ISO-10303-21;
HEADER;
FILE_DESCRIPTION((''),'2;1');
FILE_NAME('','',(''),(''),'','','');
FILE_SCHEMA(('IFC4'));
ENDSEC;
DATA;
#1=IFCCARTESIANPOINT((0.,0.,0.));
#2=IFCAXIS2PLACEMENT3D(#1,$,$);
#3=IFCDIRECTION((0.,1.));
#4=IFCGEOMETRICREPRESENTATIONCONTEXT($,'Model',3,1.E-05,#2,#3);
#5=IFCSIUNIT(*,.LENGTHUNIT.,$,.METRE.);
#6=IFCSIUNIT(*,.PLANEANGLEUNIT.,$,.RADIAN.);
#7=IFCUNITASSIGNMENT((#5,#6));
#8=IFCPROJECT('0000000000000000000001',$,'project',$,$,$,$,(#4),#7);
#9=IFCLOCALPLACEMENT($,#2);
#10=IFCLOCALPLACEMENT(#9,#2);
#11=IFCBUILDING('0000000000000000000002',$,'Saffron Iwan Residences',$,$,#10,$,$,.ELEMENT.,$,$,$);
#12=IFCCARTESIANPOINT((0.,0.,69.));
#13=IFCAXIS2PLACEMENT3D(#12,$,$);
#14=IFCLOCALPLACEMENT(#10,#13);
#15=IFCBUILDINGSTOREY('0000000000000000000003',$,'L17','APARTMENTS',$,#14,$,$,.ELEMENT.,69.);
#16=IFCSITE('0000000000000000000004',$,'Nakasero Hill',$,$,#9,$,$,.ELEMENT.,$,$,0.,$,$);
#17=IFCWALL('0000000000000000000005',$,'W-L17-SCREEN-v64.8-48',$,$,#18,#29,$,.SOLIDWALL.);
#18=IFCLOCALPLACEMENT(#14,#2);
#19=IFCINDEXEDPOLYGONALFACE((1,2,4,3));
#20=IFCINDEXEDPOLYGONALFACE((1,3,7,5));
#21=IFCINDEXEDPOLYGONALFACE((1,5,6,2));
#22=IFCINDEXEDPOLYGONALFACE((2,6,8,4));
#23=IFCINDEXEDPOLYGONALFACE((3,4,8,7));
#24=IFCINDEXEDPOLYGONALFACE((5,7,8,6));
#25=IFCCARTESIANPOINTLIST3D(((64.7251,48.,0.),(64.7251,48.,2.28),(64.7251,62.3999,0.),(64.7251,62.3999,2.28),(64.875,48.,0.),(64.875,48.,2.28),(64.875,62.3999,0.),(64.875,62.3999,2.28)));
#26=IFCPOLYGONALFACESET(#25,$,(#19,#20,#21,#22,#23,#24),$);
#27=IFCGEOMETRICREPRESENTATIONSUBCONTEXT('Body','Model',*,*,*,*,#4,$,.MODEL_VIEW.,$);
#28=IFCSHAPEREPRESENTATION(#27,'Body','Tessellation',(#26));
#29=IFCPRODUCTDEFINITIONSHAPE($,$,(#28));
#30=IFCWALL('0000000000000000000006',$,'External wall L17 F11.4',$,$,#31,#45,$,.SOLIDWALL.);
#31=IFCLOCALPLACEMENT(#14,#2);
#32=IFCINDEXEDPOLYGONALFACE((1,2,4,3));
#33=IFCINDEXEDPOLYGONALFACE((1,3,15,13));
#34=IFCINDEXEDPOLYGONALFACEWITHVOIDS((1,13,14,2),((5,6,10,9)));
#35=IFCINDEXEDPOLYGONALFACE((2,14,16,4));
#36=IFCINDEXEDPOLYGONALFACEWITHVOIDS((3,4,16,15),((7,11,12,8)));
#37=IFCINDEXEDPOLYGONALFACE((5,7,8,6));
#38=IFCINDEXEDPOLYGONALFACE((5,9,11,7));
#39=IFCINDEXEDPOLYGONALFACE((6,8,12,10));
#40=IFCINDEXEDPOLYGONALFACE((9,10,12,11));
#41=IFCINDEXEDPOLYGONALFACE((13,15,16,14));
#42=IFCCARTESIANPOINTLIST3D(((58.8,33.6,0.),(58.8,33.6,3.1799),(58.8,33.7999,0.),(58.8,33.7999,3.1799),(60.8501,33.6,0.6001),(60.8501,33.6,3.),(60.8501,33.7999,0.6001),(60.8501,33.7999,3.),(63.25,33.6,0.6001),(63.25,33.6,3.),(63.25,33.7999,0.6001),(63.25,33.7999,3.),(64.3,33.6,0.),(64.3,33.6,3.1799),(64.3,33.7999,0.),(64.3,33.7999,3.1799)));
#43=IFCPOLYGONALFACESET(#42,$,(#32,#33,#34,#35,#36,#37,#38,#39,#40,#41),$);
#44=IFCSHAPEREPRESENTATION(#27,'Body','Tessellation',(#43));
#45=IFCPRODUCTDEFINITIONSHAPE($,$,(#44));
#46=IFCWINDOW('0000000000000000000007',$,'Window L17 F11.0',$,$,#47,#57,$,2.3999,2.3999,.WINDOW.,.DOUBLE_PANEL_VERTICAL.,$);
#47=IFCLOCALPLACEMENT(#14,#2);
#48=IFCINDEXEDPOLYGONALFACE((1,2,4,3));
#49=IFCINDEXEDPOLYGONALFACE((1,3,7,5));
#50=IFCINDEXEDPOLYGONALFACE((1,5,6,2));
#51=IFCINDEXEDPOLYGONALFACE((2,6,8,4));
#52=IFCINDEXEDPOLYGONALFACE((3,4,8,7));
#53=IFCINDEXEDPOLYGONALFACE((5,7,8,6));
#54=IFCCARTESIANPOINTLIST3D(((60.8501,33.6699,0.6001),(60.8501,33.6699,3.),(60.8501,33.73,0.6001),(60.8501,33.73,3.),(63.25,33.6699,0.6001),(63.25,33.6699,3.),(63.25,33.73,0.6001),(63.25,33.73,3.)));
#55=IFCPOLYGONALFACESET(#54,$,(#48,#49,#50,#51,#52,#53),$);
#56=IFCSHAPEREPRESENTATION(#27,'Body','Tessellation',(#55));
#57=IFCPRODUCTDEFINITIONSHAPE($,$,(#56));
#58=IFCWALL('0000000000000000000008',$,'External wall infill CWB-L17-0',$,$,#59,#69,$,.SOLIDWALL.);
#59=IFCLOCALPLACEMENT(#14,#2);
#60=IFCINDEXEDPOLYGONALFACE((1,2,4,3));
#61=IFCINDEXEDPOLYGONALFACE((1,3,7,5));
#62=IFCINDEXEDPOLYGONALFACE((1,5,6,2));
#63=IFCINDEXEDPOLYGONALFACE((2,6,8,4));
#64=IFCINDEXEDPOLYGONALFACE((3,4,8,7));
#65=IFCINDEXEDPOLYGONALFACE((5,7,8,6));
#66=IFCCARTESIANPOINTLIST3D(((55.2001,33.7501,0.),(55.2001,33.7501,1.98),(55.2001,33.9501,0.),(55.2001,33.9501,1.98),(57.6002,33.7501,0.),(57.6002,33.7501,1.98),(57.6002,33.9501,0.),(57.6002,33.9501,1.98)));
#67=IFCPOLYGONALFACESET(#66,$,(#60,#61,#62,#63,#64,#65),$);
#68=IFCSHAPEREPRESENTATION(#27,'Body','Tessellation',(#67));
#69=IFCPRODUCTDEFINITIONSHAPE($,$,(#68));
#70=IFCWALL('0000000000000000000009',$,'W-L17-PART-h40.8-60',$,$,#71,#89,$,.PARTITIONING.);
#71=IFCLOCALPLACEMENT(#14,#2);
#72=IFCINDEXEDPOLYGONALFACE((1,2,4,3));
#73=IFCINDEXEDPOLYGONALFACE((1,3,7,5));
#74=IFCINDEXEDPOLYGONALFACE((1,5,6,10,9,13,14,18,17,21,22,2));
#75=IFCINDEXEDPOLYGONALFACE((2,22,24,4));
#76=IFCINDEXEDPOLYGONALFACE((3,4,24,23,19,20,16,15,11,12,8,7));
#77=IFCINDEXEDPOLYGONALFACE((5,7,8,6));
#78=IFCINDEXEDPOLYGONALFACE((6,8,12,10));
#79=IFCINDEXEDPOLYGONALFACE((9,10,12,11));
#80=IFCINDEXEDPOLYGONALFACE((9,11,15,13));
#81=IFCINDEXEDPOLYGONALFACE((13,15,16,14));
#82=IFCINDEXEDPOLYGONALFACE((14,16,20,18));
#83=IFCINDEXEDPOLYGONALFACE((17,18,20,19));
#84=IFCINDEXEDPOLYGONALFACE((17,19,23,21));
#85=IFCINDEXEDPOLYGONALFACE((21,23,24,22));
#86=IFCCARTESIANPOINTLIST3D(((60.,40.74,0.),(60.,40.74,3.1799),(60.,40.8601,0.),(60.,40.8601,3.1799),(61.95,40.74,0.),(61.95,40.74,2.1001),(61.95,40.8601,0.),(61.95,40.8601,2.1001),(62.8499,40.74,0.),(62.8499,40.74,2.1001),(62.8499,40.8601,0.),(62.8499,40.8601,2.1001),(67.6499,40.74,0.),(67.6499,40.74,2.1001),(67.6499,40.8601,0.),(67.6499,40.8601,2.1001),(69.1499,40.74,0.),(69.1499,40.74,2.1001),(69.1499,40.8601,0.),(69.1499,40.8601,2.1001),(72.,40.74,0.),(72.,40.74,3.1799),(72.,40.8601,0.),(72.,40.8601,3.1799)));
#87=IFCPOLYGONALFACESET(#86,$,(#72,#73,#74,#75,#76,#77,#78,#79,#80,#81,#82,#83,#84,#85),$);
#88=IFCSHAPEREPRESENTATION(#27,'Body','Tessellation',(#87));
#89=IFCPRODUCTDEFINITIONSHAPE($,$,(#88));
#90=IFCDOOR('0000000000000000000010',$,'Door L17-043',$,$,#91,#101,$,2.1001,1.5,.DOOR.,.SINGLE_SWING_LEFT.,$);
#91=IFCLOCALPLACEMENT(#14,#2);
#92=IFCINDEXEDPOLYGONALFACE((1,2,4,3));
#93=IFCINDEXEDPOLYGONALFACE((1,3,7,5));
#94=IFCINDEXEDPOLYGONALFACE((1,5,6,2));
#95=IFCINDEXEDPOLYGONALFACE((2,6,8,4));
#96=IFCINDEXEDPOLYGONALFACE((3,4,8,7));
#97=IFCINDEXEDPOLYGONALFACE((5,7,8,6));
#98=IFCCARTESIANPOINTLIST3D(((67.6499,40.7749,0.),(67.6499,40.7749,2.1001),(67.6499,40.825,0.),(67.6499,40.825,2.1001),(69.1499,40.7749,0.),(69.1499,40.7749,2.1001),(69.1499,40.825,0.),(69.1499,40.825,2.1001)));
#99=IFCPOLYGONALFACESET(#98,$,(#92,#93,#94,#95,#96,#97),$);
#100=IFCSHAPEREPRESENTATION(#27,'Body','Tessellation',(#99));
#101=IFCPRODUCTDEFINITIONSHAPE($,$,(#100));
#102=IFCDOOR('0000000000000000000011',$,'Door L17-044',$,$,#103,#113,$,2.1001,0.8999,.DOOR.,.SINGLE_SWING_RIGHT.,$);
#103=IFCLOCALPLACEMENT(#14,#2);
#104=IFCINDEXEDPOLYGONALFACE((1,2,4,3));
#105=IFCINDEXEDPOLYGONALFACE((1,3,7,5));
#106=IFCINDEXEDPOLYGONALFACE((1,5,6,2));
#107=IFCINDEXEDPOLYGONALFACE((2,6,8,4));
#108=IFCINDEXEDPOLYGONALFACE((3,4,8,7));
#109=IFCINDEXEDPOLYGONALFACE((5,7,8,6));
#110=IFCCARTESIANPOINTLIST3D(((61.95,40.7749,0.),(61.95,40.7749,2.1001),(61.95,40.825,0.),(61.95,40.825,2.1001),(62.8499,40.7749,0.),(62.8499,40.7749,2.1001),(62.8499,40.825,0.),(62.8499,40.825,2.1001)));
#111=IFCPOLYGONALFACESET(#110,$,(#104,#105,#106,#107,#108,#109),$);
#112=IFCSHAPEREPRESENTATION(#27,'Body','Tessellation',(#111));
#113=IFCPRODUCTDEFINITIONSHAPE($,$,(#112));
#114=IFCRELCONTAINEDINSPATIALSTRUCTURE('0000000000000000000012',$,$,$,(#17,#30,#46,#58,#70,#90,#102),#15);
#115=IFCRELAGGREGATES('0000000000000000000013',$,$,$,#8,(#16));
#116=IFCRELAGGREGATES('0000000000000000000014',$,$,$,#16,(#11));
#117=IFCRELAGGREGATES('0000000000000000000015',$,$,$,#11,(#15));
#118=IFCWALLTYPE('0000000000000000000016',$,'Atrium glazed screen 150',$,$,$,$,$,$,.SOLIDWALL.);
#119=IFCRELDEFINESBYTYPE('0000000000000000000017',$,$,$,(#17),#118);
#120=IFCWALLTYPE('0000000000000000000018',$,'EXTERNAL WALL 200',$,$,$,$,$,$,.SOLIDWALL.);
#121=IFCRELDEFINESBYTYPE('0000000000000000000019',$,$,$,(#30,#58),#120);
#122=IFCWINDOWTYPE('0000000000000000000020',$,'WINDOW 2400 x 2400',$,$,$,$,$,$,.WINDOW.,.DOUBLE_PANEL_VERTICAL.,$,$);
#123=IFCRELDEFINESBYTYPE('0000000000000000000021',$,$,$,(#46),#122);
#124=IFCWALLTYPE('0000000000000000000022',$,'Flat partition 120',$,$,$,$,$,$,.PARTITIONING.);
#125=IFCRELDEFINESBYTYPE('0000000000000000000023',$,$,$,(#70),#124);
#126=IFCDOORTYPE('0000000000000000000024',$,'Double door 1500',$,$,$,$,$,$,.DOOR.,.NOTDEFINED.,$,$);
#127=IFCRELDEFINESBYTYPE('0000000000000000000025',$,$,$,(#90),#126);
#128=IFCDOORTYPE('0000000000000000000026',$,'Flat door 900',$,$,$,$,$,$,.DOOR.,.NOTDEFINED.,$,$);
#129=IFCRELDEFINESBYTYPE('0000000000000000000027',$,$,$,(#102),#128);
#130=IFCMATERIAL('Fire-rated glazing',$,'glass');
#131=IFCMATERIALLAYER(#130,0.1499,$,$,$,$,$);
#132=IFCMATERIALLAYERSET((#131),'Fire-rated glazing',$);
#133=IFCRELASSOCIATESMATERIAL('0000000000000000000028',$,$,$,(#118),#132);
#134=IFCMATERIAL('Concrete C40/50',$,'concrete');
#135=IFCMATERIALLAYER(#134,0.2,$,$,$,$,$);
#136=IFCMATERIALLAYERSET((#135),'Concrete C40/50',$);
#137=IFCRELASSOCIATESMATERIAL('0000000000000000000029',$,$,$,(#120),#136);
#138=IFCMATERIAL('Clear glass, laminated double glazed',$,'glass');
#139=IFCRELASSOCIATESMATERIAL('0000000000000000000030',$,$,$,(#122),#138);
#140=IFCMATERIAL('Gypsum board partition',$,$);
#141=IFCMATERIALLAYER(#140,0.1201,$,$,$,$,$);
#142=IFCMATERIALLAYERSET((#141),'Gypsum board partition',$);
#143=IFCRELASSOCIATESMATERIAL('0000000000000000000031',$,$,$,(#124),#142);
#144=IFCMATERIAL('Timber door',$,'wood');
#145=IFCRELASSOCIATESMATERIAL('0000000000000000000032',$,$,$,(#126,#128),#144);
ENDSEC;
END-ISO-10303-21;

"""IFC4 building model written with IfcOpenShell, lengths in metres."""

from ifc_helpers import new_model, si_unit, direction, frame, frame_2d, origin, place, context, subcontext, project, spatial, rectangle, extrude, material, layer, layer_set, type_object, element, fill, save


model = new_model("IFC4")

# Units and contexts
model_context = context("Model", 3, precision=1e-05, world=origin(), true_north=direction((0.0, 1.0)))
body_context = subcontext(model_context, "Body", "Model", "MODEL_VIEW")
ifc_project = project(units=[si_unit("LENGTHUNIT", "METRE"), si_unit("PLANEANGLEUNIT", "RADIAN")], contexts=[model_context])

# Site, building, storey
site_placement = place(None, origin())
site = spatial("IfcSite", under=ifc_project, at=site_placement, Name="Nakasero Hill", CompositionType="ELEMENT", RefElevation=0.0)
building_placement = place(site_placement, origin())
building = spatial("IfcBuilding", under=site, at=building_placement, Name="Saffron Iwan Residences", CompositionType="ELEMENT")
storey_placement = place(building_placement, frame((0.0, 0.0, 69.0)))
storey = spatial("IfcBuildingStorey", under=building, at=storey_placement, Name="L17", Description="APARTMENTS", CompositionType="ELEMENT", Elevation=69.0)

# Wall
ifc_material_1 = material(Name="Fire-rated glazing", Category="glass")
ifc_layer_1 = layer(ifc_material_1, 0.1499)
ifc_layer_set_1 = layer_set([ifc_layer_1], Name="Fire-rated glazing")
wall_type_1 = type_object("IfcWallType", Name="Atrium glazed screen 150", PredefinedType="SOLIDWALL", material=ifc_layer_set_1)
wall_1_placement = place(storey_placement, frame((64.8, 48.0, 0.0), z_axis=(0.0, 0.0, 1.0), x_axis=(0.0, 1.0, 0.0)))
element("IfcWall", 1, at=wall_1_placement, inside=storey, type_object=wall_type_1, Name="W-L17-SCREEN-v64.8-48", PredefinedType="SOLIDWALL", context=body_context, shape_type="SweptSolid", body=[
    extrude(rectangle(XDim=14.3999, YDim=0.1499, at=frame_2d((7.2, 0.0))), origin(), (0.0, 0.0, 1.0), 2.28),
])

# Wall, opening, window
ifc_material_2 = material(Name="Concrete C40/50", Category="concrete")
ifc_layer_2 = layer(ifc_material_2, 0.2)
ifc_layer_set_2 = layer_set([ifc_layer_2], Name="Concrete C40/50")
wall_type_2 = type_object("IfcWallType", Name="EXTERNAL WALL 200", PredefinedType="SOLIDWALL", material=ifc_layer_set_2)
wall_2_placement = place(storey_placement, frame((58.8, 33.7, 0.0), z_axis=(0.0, 0.0, 1.0), x_axis=(1.0, 0.0, 0.0)))
wall_2 = element("IfcWall", 2, at=wall_2_placement, inside=storey, type_object=wall_type_2, Name="External wall L17 F11.4", PredefinedType="SOLIDWALL", context=body_context, shape_type="SweptSolid", body=[
    extrude(rectangle(XDim=5.5, YDim=0.2, at=frame_2d((2.75, 0.0))), origin(), (0.0, 0.0, 1.0), 3.1799),
])
opening_1_placement = place(wall_2_placement, frame((2.05, 0.0, 0.6001)))
opening_1 = element("IfcOpeningElement", 3, at=opening_1_placement, cuts=wall_2, PredefinedType="OPENING", context=body_context, shape_type="SweptSolid", body=[
    extrude(rectangle(XDim=2.3999, YDim=2.3999, at=frame_2d((1.2, 1.2))), frame((0.0, 0.1099, 0.0), z_axis=(0.0, -1.0, 0.0), x_axis=(1.0, 0.0, 0.0)), (0.0, 0.0, 1.0), 0.22),
])
ifc_material_3 = material(Name="Clear glass, laminated double glazed", Category="glass")
window_type = type_object("IfcWindowType", Name="WINDOW 2400 x 2400", PartitioningType="DOUBLE_PANEL_VERTICAL", PredefinedType="WINDOW", material=ifc_material_3)
window_placement = place(opening_1_placement, origin())
window = element("IfcWindow", 4, at=window_placement, inside=storey, type_object=window_type, Name="Window L17 F11.0", OverallHeight=2.3999, OverallWidth=2.3999, PartitioningType="DOUBLE_PANEL_VERTICAL", PredefinedType="WINDOW", context=body_context, shape_type="SweptSolid", body=[
    extrude(rectangle(XDim=2.3999, YDim=2.3999, at=frame_2d((1.2, 1.2))), frame((0.0, 0.03, 0.0), z_axis=(0.0, -1.0, 0.0), x_axis=(1.0, 0.0, 0.0)), (0.0, 0.0, 1.0), 0.0601),
])
fill(opening_1, window)

# Wall
wall_3_placement = place(storey_placement, frame((55.2, 33.8501, 0.0), z_axis=(0.0, 0.0, 1.0), x_axis=(1.0, 0.0, 0.0)))
element("IfcWall", 5, at=wall_3_placement, inside=storey, type_object=wall_type_2, Name="External wall infill CWB-L17-0", PredefinedType="SOLIDWALL", context=body_context, shape_type="SweptSolid", body=[
    extrude(rectangle(XDim=2.4001, YDim=0.2, at=frame_2d((1.2002, 0.0))), origin(), (0.0, 0.0, 1.0), 1.98),
])

# Wall, openings, doors
ifc_material_4 = material(Name="Gypsum board partition")
ifc_layer_3 = layer(ifc_material_4, 0.1201)
ifc_layer_set_3 = layer_set([ifc_layer_3], Name="Gypsum board partition")
wall_type_3 = type_object("IfcWallType", Name="Flat partition 120", PredefinedType="PARTITIONING", material=ifc_layer_set_3)
wall_4_placement = place(storey_placement, frame((60.0, 40.8, 0.0), z_axis=(0.0, 0.0, 1.0), x_axis=(1.0, 0.0, 0.0)))
wall_4 = element("IfcWall", 6, at=wall_4_placement, inside=storey, type_object=wall_type_3, Name="W-L17-PART-h40.8-60", PredefinedType="PARTITIONING", context=body_context, shape_type="SweptSolid", body=[
    extrude(rectangle(XDim=12.0, YDim=0.1201, at=frame_2d((6.0, 0.0))), origin(), (0.0, 0.0, 1.0), 3.1799),
])
opening_2_placement = place(wall_4_placement, frame((7.6499, 0.0, 0.0)))
opening_2 = element("IfcOpeningElement", 7, at=opening_2_placement, cuts=wall_4, PredefinedType="OPENING", context=body_context, shape_type="SweptSolid", body=[
    extrude(rectangle(XDim=1.5, YDim=2.1001, at=frame_2d((0.75, 1.05))), frame((0.0, 0.0701, 0.0), z_axis=(0.0, -1.0, 0.0), x_axis=(1.0, 0.0, 0.0)), (0.0, 0.0, 1.0), 0.1401),
])
opening_3_placement = place(wall_4_placement, frame((1.95, 0.0, 0.0)))
opening_3 = element("IfcOpeningElement", 8, at=opening_3_placement, cuts=wall_4, PredefinedType="OPENING", context=body_context, shape_type="SweptSolid", body=[
    extrude(rectangle(XDim=0.8999, YDim=2.1001, at=frame_2d((0.45, 1.05))), frame((0.0, 0.0701, 0.0), z_axis=(0.0, -1.0, 0.0), x_axis=(1.0, 0.0, 0.0)), (0.0, 0.0, 1.0), 0.1401),
])
ifc_material_5 = material(Name="Timber door", Category="wood")
door_type_1 = type_object("IfcDoorType", Name="Double door 1500", OperationType="NOTDEFINED", PredefinedType="DOOR", material=ifc_material_5)
door_1_placement = place(opening_2_placement, origin())
door_1 = element("IfcDoor", 9, at=door_1_placement, inside=storey, type_object=door_type_1, Name="Door L17-043", OperationType="SINGLE_SWING_LEFT", OverallHeight=2.1001, OverallWidth=1.5, PredefinedType="DOOR", context=body_context, shape_type="SweptSolid", body=[
    extrude(rectangle(XDim=1.5, YDim=2.1001, at=frame_2d((0.75, 1.05))), frame((0.0, 0.0249, 0.0), z_axis=(0.0, -1.0, 0.0), x_axis=(1.0, 0.0, 0.0)), (0.0, 0.0, 1.0), 0.05),
])
fill(opening_2, door_1)
door_type_2 = type_object("IfcDoorType", Name="Flat door 900", OperationType="NOTDEFINED", PredefinedType="DOOR", material=ifc_material_5)
door_2_placement = place(opening_3_placement, origin())
door_2 = element("IfcDoor", 10, at=door_2_placement, inside=storey, type_object=door_type_2, Name="Door L17-044", OperationType="SINGLE_SWING_RIGHT", OverallHeight=2.1001, OverallWidth=0.8999, PredefinedType="DOOR", context=body_context, shape_type="SweptSolid", body=[
    extrude(rectangle(XDim=0.8999, YDim=2.1001, at=frame_2d((0.45, 1.05))), frame((0.0, 0.0249, 0.0), z_axis=(0.0, -1.0, 0.0), x_axis=(1.0, 0.0, 0.0)), (0.0, 0.0, 1.0), 0.05),
])
fill(opening_3, door_2)

save(model, "model.ifc")
